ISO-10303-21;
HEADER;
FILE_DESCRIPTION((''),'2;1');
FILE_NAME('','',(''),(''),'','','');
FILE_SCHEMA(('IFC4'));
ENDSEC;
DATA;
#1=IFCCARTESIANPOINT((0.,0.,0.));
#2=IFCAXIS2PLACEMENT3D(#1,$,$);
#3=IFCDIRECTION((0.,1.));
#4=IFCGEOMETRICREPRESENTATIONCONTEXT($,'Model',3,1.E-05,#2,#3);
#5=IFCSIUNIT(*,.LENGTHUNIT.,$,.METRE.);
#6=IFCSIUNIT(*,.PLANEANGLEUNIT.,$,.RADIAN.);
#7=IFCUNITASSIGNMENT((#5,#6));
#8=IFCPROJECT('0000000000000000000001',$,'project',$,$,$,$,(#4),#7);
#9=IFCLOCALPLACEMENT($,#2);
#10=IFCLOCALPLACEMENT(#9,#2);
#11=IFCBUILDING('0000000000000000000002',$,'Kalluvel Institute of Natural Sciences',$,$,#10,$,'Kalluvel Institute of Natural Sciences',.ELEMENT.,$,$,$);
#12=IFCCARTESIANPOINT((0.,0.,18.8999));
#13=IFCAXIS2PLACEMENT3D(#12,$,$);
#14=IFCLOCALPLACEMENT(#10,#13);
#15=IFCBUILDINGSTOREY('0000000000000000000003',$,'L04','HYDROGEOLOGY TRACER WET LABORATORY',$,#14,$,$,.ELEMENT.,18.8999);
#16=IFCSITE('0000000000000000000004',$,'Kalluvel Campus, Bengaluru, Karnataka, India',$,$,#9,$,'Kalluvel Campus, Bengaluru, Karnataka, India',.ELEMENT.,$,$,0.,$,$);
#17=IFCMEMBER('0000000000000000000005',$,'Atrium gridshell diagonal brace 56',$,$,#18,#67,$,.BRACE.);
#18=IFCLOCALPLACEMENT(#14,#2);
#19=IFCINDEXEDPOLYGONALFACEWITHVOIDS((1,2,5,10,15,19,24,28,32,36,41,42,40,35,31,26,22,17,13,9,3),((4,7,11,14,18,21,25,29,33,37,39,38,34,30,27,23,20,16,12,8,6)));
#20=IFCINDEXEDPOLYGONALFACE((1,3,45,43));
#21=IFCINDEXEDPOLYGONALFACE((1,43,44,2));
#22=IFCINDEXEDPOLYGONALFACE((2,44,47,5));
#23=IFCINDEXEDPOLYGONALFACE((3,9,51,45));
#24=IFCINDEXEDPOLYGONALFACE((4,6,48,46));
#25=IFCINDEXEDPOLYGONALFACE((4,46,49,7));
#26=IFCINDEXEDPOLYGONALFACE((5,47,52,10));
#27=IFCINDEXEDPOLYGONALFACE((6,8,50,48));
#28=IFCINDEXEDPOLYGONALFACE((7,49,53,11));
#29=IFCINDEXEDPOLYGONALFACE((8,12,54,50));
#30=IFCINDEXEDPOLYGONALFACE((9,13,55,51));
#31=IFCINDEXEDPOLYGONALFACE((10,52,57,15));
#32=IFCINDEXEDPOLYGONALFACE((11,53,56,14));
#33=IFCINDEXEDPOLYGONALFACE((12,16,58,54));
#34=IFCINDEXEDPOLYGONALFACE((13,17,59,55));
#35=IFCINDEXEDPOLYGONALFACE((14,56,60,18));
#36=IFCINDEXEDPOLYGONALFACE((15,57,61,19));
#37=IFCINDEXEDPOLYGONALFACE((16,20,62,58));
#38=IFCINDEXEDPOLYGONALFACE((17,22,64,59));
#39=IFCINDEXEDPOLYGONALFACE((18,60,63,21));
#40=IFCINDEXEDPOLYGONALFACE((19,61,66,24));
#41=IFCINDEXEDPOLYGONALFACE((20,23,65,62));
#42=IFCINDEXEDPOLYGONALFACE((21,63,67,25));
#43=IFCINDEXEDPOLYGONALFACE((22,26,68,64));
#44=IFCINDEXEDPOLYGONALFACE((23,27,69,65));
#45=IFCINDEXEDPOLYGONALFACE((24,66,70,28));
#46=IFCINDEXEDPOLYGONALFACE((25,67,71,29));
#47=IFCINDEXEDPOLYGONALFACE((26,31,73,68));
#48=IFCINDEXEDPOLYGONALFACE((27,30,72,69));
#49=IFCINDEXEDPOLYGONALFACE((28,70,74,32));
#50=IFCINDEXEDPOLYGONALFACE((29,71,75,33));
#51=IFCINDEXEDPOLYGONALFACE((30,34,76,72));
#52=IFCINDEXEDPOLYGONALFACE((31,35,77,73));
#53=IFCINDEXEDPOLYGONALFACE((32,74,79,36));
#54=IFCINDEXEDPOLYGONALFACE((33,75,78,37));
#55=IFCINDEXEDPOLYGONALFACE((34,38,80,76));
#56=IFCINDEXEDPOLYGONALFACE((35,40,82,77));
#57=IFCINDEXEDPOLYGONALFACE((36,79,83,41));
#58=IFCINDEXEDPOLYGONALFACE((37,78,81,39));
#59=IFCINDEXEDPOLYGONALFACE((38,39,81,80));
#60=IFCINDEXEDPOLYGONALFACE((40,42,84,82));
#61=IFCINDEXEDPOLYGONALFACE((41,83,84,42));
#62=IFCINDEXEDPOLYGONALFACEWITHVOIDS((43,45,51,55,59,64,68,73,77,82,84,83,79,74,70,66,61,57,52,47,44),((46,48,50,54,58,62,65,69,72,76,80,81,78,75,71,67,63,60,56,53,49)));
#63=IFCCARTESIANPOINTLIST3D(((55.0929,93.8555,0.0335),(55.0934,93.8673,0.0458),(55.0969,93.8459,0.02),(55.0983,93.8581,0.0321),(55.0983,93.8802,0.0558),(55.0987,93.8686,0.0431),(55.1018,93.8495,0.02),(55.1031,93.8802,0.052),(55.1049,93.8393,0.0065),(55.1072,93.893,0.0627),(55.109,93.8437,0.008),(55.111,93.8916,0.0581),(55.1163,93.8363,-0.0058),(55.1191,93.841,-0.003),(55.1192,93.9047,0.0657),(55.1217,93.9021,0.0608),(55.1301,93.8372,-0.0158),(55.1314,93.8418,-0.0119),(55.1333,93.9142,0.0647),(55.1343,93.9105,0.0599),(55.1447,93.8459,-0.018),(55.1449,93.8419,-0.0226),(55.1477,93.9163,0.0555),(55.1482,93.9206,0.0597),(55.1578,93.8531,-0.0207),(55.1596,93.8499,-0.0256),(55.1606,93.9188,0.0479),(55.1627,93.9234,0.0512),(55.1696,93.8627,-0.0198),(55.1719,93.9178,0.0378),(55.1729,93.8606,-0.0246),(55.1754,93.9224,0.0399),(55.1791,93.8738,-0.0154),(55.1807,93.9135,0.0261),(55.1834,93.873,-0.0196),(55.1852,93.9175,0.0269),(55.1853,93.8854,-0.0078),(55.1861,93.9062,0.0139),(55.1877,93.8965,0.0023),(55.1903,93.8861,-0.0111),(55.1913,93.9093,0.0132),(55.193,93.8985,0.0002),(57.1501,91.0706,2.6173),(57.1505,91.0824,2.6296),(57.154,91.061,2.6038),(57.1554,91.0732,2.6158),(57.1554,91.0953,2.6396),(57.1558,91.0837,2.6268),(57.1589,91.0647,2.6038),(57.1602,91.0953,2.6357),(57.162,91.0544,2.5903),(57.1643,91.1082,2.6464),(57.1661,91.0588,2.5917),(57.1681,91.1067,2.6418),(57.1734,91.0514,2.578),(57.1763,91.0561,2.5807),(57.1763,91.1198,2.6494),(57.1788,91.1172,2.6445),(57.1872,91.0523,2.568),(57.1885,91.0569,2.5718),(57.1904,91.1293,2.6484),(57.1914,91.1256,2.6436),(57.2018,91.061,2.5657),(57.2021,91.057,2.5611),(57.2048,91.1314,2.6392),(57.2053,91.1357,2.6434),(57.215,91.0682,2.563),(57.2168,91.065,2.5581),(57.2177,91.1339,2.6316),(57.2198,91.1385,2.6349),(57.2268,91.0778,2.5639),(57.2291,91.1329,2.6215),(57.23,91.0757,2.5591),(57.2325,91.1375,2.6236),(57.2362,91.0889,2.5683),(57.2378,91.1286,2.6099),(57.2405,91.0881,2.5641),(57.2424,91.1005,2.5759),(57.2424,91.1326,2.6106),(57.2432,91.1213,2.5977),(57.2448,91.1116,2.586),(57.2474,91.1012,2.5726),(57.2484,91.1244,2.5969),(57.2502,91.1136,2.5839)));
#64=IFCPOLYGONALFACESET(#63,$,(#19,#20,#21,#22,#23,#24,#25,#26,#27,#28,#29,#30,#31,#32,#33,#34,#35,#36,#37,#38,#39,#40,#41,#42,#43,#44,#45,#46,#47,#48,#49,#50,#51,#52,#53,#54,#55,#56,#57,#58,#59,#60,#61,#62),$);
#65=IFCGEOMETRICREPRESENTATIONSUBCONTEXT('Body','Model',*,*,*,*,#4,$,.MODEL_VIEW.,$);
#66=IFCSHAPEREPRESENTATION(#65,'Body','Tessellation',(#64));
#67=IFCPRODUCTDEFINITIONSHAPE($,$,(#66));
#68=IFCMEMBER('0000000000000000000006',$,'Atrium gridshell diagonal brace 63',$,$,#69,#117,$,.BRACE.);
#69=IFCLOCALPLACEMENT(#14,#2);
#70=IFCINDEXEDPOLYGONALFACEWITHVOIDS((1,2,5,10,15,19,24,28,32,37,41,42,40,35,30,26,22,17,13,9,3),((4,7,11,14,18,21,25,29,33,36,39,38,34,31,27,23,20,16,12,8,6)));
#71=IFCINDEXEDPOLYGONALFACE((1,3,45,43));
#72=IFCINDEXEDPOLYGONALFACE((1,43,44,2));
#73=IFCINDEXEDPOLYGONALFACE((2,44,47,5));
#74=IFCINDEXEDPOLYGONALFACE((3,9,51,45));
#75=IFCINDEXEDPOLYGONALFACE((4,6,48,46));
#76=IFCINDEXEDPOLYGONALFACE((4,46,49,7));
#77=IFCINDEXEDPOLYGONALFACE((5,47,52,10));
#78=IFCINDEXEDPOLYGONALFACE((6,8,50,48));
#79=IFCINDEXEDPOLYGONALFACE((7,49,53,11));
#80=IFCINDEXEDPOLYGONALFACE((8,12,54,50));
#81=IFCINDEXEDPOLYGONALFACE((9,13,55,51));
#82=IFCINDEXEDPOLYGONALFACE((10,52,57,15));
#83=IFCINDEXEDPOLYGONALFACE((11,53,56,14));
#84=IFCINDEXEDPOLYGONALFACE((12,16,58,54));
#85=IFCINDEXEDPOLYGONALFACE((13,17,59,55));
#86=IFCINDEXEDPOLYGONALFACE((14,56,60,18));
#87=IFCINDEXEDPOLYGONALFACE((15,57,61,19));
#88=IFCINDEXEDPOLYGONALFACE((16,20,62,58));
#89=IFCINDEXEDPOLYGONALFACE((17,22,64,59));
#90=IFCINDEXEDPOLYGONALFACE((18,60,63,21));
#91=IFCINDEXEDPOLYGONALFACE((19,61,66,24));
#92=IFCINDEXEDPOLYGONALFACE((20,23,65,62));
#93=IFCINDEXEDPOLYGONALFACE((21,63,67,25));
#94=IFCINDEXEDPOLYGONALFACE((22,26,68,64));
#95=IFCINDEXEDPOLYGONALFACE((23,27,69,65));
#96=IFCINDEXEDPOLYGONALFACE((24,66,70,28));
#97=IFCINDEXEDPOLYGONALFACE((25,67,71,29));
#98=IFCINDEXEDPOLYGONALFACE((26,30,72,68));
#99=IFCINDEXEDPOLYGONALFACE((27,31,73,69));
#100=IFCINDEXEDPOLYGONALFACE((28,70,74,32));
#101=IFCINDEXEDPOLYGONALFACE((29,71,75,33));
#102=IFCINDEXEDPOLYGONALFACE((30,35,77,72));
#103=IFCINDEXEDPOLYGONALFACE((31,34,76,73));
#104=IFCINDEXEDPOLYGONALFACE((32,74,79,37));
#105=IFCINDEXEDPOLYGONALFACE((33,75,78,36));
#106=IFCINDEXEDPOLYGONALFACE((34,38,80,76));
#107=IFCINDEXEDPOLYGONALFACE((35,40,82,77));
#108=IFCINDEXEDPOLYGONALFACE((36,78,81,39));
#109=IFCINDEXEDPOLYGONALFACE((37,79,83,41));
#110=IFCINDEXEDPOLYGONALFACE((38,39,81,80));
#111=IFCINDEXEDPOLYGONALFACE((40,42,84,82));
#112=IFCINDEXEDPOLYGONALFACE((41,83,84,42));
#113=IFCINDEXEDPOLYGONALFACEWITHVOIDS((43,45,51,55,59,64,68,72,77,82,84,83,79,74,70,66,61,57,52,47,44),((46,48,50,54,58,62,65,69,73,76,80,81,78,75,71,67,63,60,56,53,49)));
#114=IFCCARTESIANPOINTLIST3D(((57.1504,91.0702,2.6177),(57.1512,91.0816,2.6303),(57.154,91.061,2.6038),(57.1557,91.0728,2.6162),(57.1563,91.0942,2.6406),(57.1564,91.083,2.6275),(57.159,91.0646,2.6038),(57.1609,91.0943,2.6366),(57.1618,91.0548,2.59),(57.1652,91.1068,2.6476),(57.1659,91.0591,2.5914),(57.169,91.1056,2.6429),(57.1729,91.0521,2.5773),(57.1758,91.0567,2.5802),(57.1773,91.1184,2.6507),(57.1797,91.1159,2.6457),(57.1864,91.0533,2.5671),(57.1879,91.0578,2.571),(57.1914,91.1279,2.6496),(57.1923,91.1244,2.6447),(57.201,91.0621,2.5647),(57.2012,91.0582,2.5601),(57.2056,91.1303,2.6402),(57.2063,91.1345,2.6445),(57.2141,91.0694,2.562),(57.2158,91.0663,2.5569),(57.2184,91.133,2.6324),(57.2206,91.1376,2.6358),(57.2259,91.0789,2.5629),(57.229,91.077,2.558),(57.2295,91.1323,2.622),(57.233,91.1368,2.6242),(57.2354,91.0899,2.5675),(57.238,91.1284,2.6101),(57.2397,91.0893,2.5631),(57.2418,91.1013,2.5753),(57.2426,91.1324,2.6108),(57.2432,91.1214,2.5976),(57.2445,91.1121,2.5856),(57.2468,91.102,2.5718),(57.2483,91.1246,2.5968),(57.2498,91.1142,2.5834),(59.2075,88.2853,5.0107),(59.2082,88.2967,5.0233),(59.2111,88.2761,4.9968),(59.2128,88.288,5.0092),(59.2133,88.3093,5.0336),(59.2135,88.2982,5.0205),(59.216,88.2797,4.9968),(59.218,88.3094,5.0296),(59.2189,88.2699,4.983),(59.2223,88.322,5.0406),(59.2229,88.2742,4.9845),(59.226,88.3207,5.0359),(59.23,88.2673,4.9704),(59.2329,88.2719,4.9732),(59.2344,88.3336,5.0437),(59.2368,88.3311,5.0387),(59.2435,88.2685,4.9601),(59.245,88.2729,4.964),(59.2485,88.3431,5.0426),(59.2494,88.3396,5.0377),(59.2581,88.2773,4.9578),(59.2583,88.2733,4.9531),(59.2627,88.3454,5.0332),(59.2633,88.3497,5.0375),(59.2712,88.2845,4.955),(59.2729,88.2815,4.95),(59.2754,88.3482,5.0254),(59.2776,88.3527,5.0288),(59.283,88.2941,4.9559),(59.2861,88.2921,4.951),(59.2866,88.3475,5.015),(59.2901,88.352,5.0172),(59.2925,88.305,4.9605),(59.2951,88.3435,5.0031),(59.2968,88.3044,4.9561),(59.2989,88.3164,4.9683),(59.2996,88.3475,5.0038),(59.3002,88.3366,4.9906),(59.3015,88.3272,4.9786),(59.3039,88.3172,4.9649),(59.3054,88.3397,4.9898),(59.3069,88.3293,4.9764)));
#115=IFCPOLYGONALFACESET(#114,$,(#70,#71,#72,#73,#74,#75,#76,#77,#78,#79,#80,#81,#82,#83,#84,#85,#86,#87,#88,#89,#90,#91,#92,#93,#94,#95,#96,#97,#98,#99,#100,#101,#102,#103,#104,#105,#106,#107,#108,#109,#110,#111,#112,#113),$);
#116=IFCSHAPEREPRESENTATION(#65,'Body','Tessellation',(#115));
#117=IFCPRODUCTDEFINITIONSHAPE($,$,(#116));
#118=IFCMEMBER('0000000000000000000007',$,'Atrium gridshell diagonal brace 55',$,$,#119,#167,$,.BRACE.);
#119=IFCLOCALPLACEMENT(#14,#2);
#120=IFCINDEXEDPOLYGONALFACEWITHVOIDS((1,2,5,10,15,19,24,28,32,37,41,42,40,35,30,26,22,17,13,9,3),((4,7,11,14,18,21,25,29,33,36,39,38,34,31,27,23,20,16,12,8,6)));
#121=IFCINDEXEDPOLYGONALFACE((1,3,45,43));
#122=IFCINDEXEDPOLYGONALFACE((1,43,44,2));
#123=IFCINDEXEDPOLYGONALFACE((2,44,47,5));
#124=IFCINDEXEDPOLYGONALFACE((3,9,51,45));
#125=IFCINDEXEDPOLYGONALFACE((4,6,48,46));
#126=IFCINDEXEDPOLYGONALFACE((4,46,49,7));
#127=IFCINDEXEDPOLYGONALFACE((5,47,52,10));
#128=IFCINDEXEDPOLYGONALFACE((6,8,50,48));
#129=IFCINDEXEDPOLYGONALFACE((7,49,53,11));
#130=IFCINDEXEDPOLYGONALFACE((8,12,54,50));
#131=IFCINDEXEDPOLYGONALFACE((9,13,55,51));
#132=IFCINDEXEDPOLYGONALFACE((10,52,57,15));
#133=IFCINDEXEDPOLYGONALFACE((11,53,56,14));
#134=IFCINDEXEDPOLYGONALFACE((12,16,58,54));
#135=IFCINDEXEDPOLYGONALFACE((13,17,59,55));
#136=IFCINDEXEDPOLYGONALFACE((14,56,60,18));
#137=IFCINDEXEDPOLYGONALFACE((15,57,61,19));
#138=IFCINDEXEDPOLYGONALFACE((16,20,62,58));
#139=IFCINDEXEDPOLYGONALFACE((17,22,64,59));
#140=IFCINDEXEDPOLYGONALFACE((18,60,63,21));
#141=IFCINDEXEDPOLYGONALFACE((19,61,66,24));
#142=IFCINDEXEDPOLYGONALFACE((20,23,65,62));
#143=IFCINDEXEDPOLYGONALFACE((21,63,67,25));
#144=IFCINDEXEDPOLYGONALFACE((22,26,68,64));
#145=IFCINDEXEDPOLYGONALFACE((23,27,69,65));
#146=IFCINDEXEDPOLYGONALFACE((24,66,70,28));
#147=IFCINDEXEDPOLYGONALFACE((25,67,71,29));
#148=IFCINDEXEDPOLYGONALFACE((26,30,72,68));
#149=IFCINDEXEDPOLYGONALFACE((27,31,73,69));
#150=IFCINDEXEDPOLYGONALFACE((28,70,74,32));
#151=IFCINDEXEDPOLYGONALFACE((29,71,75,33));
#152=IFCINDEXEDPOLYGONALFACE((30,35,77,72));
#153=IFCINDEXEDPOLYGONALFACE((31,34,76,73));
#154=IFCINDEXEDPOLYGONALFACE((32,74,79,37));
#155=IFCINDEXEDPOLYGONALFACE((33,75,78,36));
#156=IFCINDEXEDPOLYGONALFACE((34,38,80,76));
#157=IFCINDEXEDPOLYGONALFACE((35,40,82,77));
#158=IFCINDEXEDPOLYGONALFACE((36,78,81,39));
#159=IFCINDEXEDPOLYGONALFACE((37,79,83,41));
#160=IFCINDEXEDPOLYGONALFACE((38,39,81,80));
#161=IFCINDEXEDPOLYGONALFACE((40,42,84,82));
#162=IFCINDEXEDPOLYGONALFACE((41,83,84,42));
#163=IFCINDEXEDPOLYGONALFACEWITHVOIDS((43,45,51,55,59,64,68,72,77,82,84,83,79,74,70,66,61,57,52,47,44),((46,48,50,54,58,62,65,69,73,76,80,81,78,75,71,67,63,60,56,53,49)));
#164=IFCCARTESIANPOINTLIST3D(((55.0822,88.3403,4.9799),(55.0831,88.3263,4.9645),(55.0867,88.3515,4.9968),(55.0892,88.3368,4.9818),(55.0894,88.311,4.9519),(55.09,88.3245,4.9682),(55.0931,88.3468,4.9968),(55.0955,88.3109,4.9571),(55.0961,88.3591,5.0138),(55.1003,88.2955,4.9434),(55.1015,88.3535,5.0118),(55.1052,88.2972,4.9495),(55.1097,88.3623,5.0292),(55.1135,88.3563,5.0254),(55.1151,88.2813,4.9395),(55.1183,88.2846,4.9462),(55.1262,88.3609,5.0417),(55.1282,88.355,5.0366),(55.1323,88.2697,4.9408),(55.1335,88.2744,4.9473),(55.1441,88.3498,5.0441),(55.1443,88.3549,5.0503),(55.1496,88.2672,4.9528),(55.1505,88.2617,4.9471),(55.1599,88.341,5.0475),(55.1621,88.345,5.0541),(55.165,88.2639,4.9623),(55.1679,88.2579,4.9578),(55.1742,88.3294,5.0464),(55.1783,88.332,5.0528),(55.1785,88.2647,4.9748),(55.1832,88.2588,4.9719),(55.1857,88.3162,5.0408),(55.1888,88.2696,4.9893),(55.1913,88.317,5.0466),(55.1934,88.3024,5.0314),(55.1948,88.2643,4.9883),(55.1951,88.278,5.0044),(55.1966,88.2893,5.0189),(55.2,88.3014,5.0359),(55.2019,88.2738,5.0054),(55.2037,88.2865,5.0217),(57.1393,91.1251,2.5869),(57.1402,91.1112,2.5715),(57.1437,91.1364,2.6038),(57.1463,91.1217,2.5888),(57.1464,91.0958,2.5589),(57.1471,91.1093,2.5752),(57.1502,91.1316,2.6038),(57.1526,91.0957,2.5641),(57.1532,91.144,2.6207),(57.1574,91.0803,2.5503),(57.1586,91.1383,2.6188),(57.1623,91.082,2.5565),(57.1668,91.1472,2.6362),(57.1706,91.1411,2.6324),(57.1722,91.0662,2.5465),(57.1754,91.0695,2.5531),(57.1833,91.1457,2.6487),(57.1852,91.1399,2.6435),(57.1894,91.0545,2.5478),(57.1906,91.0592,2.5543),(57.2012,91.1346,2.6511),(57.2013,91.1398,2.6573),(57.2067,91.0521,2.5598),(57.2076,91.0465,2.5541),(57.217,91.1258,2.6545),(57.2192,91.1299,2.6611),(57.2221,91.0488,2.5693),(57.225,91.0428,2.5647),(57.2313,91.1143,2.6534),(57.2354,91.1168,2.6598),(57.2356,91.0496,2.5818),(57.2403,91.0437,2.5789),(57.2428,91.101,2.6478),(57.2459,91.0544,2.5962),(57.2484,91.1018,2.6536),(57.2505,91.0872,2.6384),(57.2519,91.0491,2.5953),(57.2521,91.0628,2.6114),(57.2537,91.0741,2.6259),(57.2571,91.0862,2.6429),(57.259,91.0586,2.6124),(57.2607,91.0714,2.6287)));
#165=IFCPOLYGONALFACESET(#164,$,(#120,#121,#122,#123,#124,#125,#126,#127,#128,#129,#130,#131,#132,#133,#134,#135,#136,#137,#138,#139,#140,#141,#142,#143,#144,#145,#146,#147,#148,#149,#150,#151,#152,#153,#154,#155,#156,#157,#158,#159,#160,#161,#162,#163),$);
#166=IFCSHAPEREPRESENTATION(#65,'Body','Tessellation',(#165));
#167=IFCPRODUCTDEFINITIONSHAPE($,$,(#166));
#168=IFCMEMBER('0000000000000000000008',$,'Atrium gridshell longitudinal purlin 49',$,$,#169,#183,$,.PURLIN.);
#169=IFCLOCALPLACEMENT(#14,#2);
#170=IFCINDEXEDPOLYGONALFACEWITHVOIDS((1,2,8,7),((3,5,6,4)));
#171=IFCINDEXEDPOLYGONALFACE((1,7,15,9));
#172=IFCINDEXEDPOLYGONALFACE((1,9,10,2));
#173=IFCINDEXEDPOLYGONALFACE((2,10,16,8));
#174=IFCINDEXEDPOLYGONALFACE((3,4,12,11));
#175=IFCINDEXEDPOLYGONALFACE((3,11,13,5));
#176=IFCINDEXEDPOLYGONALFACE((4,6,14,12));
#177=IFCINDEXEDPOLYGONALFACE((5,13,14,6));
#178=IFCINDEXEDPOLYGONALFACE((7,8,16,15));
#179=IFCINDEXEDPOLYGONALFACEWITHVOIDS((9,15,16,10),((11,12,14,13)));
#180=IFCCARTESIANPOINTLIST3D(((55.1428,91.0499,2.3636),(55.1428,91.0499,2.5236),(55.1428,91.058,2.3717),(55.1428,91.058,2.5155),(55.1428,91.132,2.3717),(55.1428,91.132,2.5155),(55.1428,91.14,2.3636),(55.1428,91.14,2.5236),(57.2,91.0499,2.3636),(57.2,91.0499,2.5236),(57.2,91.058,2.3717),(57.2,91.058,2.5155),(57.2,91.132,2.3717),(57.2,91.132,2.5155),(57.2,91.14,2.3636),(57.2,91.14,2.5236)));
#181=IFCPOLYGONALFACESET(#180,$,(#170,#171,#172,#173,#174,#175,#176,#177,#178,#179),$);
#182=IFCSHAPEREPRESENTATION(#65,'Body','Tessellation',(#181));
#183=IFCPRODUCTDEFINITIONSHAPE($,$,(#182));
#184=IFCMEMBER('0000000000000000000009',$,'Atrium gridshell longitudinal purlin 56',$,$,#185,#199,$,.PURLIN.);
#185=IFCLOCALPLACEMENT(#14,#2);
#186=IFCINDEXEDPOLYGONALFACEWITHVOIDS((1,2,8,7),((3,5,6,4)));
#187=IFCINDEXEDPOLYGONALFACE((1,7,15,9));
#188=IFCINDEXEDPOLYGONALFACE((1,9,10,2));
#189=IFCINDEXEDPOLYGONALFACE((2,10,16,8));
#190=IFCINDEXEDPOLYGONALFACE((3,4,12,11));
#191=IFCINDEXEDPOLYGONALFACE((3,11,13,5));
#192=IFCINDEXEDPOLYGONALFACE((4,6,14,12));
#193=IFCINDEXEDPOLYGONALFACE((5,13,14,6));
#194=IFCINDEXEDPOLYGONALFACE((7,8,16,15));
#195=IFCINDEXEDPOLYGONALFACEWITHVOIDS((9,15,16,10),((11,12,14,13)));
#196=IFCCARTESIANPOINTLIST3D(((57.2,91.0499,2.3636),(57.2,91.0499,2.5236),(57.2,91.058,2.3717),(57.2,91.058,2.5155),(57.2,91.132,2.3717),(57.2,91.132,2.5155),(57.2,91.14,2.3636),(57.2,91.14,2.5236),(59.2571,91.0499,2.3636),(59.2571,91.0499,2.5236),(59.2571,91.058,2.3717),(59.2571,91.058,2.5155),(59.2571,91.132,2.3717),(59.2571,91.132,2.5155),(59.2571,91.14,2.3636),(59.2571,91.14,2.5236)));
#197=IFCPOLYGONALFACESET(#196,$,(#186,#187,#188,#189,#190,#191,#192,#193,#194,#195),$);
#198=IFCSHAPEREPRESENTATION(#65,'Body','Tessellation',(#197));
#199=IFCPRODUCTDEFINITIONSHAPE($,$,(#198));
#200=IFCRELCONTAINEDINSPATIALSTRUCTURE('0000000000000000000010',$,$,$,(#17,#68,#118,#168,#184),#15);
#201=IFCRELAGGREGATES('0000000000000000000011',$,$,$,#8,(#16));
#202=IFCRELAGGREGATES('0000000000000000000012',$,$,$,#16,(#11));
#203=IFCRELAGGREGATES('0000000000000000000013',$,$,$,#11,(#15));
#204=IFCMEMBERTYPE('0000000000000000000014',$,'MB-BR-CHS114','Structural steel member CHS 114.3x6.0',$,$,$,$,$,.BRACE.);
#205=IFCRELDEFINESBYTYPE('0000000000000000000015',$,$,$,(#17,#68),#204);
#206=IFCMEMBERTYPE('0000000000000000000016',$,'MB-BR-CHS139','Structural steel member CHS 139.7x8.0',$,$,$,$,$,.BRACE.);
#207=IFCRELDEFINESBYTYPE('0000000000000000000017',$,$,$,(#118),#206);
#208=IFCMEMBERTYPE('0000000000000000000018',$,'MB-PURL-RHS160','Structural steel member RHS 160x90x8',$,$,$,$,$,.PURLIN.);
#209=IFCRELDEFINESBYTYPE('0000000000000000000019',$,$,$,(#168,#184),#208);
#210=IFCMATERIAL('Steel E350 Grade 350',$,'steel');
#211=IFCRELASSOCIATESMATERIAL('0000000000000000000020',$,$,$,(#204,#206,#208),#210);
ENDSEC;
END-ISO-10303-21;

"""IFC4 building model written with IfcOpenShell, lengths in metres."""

from ifc_helpers import new_model, si_unit, direction, frame, origin, origin_2d, place, context, subcontext, project, spatial, hollow_rectangle, hollow_circle, extrude, material, material_profile, profile_set, type_object, element, save


model = new_model("IFC4")

# Units and contexts
model_context = context("Model", 3, precision=1e-05, world=origin(), true_north=direction((0.0, 1.0)))
body_context = subcontext(model_context, "Body", "Model", "MODEL_VIEW")
ifc_project = project(units=[si_unit("LENGTHUNIT", "METRE"), si_unit("PLANEANGLEUNIT", "RADIAN")], contexts=[model_context])

# Site, building, storey
site_placement = place(None, origin())
site = spatial("IfcSite", under=ifc_project, at=site_placement, Name="Kalluvel Campus, Bengaluru, Karnataka, India", LongName="Kalluvel Campus, Bengaluru, Karnataka, India", CompositionType="ELEMENT", RefElevation=0.0)
building_placement = place(site_placement, origin())
building = spatial("IfcBuilding", under=site, at=building_placement, Name="Kalluvel Institute of Natural Sciences", LongName="Kalluvel Institute of Natural Sciences", CompositionType="ELEMENT")
storey_placement = place(building_placement, frame((0.0, 0.0, 18.8999)))
storey = spatial("IfcBuildingStorey", under=building, at=storey_placement, Name="L04", Description="HYDROGEOLOGY TRACER WET LABORATORY", CompositionType="ELEMENT", Elevation=18.8999)

# Members
ifc_material_1 = material(Name="Steel E350 Grade 350", Category="steel")
ifc_material_profile_1 = material_profile(ifc_material_1, hollow_circle(Radius=0.0571, WallThickness=0.0061, at=origin_2d()), Name="CHS 114.3x6.0")
ifc_profile_set_1 = profile_set([ifc_material_profile_1], Name="Steel E350 Grade 350")
member_type_1 = type_object("IfcMemberType", Name="MB-BR-CHS114", Description="Structural steel member CHS 114.3x6.0", PredefinedType="BRACE", material=ifc_profile_set_1)
member_1_placement = place(storey_placement, frame((57.2, 91.095, 2.6038), z_axis=(-0.476177, 0.644641, -0.598075), x_axis=(-0.804353, -0.594151, 0.0)))
element("IfcMember", 1, at=member_1_placement, inside=storey, type_object=member_type_1, Name="Atrium gridshell diagonal brace 56", PredefinedType="BRACE", context=body_context, shape_type="SweptSolid", body=[
    extrude(hollow_circle(Radius=0.0571, WallThickness=0.0061, at=origin_2d()), origin(), (0.0, 0.0, 1.0), 4.3201),
])
member_2_placement = place(storey_placement, frame((59.2571, 88.3101, 4.9968), z_axis=(-0.488765, 0.661683, -0.568582), x_axis=(-0.804353, -0.594151, 0.0)))
element("IfcMember", 2, at=member_2_placement, inside=storey, type_object=member_type_1, Name="Atrium gridshell diagonal brace 63", PredefinedType="BRACE", context=body_context, shape_type="SweptSolid", body=[
    extrude(hollow_circle(Radius=0.0571, WallThickness=0.0061, at=origin_2d()), origin(), (0.0, 0.0, 1.0), 4.2087),
])
ifc_material_profile_2 = material_profile(ifc_material_1, hollow_circle(Radius=0.0698, WallThickness=0.0081, at=origin_2d()), Name="CHS 139.7x8.0")
ifc_profile_set_2 = profile_set([ifc_material_profile_2], Name="Steel E350 Grade 350")
member_type_2 = type_object("IfcMemberType", Name="MB-BR-CHS139", Description="Structural steel member CHS 139.7x8.0", PredefinedType="BRACE", material=ifc_profile_set_2)
member_3_placement = place(storey_placement, frame((55.1428, 88.3101, 4.9968), z_axis=(0.488765, 0.661683, -0.568582), x_axis=(-0.804353, 0.594151, 0.0)))
element("IfcMember", 3, at=member_3_placement, inside=storey, type_object=member_type_2, Name="Atrium gridshell diagonal brace 55", PredefinedType="BRACE", context=body_context, shape_type="SweptSolid", body=[
    extrude(hollow_circle(Radius=0.0698, WallThickness=0.0081, at=origin_2d()), origin(), (0.0, 0.0, 1.0), 4.2087),
])
ifc_material_profile_3 = material_profile(ifc_material_1, hollow_rectangle(XDim=0.0901, YDim=0.1599, WallThickness=0.0081, at=origin_2d()), Name="RHS 160x90x8")
ifc_profile_set_3 = profile_set([ifc_material_profile_3], Name="Steel E350 Grade 350")
member_type_3 = type_object("IfcMemberType", Name="MB-PURL-RHS160", Description="Structural steel member RHS 160x90x8", PredefinedType="PURLIN", material=ifc_profile_set_3)
for number, where, z_axis, x_axis, name in (
    (4, (55.1428, 91.095, 2.4436), (1.0, 0.0, 0.0), (0.0, 1.0, 0.0), "Atrium gridshell longitudinal purlin 49"),
    (5, (57.2, 91.095, 2.4436), (1.0, 0.0, 0.0), (0.0, 1.0, 0.0), "Atrium gridshell longitudinal purlin 56"),
):
    element("IfcMember", number, at=place(storey_placement, frame(where, z_axis=z_axis, x_axis=x_axis)), inside=storey, type_object=member_type_3, Name=name, PredefinedType="PURLIN", context=body_context, shape_type="SweptSolid", body=[
        extrude(hollow_rectangle(XDim=0.0901, YDim=0.1599, WallThickness=0.0081, at=origin_2d()), origin(), (0.0, 0.0, 1.0), 2.0571),
    ])

save(model, "model.ifc")
